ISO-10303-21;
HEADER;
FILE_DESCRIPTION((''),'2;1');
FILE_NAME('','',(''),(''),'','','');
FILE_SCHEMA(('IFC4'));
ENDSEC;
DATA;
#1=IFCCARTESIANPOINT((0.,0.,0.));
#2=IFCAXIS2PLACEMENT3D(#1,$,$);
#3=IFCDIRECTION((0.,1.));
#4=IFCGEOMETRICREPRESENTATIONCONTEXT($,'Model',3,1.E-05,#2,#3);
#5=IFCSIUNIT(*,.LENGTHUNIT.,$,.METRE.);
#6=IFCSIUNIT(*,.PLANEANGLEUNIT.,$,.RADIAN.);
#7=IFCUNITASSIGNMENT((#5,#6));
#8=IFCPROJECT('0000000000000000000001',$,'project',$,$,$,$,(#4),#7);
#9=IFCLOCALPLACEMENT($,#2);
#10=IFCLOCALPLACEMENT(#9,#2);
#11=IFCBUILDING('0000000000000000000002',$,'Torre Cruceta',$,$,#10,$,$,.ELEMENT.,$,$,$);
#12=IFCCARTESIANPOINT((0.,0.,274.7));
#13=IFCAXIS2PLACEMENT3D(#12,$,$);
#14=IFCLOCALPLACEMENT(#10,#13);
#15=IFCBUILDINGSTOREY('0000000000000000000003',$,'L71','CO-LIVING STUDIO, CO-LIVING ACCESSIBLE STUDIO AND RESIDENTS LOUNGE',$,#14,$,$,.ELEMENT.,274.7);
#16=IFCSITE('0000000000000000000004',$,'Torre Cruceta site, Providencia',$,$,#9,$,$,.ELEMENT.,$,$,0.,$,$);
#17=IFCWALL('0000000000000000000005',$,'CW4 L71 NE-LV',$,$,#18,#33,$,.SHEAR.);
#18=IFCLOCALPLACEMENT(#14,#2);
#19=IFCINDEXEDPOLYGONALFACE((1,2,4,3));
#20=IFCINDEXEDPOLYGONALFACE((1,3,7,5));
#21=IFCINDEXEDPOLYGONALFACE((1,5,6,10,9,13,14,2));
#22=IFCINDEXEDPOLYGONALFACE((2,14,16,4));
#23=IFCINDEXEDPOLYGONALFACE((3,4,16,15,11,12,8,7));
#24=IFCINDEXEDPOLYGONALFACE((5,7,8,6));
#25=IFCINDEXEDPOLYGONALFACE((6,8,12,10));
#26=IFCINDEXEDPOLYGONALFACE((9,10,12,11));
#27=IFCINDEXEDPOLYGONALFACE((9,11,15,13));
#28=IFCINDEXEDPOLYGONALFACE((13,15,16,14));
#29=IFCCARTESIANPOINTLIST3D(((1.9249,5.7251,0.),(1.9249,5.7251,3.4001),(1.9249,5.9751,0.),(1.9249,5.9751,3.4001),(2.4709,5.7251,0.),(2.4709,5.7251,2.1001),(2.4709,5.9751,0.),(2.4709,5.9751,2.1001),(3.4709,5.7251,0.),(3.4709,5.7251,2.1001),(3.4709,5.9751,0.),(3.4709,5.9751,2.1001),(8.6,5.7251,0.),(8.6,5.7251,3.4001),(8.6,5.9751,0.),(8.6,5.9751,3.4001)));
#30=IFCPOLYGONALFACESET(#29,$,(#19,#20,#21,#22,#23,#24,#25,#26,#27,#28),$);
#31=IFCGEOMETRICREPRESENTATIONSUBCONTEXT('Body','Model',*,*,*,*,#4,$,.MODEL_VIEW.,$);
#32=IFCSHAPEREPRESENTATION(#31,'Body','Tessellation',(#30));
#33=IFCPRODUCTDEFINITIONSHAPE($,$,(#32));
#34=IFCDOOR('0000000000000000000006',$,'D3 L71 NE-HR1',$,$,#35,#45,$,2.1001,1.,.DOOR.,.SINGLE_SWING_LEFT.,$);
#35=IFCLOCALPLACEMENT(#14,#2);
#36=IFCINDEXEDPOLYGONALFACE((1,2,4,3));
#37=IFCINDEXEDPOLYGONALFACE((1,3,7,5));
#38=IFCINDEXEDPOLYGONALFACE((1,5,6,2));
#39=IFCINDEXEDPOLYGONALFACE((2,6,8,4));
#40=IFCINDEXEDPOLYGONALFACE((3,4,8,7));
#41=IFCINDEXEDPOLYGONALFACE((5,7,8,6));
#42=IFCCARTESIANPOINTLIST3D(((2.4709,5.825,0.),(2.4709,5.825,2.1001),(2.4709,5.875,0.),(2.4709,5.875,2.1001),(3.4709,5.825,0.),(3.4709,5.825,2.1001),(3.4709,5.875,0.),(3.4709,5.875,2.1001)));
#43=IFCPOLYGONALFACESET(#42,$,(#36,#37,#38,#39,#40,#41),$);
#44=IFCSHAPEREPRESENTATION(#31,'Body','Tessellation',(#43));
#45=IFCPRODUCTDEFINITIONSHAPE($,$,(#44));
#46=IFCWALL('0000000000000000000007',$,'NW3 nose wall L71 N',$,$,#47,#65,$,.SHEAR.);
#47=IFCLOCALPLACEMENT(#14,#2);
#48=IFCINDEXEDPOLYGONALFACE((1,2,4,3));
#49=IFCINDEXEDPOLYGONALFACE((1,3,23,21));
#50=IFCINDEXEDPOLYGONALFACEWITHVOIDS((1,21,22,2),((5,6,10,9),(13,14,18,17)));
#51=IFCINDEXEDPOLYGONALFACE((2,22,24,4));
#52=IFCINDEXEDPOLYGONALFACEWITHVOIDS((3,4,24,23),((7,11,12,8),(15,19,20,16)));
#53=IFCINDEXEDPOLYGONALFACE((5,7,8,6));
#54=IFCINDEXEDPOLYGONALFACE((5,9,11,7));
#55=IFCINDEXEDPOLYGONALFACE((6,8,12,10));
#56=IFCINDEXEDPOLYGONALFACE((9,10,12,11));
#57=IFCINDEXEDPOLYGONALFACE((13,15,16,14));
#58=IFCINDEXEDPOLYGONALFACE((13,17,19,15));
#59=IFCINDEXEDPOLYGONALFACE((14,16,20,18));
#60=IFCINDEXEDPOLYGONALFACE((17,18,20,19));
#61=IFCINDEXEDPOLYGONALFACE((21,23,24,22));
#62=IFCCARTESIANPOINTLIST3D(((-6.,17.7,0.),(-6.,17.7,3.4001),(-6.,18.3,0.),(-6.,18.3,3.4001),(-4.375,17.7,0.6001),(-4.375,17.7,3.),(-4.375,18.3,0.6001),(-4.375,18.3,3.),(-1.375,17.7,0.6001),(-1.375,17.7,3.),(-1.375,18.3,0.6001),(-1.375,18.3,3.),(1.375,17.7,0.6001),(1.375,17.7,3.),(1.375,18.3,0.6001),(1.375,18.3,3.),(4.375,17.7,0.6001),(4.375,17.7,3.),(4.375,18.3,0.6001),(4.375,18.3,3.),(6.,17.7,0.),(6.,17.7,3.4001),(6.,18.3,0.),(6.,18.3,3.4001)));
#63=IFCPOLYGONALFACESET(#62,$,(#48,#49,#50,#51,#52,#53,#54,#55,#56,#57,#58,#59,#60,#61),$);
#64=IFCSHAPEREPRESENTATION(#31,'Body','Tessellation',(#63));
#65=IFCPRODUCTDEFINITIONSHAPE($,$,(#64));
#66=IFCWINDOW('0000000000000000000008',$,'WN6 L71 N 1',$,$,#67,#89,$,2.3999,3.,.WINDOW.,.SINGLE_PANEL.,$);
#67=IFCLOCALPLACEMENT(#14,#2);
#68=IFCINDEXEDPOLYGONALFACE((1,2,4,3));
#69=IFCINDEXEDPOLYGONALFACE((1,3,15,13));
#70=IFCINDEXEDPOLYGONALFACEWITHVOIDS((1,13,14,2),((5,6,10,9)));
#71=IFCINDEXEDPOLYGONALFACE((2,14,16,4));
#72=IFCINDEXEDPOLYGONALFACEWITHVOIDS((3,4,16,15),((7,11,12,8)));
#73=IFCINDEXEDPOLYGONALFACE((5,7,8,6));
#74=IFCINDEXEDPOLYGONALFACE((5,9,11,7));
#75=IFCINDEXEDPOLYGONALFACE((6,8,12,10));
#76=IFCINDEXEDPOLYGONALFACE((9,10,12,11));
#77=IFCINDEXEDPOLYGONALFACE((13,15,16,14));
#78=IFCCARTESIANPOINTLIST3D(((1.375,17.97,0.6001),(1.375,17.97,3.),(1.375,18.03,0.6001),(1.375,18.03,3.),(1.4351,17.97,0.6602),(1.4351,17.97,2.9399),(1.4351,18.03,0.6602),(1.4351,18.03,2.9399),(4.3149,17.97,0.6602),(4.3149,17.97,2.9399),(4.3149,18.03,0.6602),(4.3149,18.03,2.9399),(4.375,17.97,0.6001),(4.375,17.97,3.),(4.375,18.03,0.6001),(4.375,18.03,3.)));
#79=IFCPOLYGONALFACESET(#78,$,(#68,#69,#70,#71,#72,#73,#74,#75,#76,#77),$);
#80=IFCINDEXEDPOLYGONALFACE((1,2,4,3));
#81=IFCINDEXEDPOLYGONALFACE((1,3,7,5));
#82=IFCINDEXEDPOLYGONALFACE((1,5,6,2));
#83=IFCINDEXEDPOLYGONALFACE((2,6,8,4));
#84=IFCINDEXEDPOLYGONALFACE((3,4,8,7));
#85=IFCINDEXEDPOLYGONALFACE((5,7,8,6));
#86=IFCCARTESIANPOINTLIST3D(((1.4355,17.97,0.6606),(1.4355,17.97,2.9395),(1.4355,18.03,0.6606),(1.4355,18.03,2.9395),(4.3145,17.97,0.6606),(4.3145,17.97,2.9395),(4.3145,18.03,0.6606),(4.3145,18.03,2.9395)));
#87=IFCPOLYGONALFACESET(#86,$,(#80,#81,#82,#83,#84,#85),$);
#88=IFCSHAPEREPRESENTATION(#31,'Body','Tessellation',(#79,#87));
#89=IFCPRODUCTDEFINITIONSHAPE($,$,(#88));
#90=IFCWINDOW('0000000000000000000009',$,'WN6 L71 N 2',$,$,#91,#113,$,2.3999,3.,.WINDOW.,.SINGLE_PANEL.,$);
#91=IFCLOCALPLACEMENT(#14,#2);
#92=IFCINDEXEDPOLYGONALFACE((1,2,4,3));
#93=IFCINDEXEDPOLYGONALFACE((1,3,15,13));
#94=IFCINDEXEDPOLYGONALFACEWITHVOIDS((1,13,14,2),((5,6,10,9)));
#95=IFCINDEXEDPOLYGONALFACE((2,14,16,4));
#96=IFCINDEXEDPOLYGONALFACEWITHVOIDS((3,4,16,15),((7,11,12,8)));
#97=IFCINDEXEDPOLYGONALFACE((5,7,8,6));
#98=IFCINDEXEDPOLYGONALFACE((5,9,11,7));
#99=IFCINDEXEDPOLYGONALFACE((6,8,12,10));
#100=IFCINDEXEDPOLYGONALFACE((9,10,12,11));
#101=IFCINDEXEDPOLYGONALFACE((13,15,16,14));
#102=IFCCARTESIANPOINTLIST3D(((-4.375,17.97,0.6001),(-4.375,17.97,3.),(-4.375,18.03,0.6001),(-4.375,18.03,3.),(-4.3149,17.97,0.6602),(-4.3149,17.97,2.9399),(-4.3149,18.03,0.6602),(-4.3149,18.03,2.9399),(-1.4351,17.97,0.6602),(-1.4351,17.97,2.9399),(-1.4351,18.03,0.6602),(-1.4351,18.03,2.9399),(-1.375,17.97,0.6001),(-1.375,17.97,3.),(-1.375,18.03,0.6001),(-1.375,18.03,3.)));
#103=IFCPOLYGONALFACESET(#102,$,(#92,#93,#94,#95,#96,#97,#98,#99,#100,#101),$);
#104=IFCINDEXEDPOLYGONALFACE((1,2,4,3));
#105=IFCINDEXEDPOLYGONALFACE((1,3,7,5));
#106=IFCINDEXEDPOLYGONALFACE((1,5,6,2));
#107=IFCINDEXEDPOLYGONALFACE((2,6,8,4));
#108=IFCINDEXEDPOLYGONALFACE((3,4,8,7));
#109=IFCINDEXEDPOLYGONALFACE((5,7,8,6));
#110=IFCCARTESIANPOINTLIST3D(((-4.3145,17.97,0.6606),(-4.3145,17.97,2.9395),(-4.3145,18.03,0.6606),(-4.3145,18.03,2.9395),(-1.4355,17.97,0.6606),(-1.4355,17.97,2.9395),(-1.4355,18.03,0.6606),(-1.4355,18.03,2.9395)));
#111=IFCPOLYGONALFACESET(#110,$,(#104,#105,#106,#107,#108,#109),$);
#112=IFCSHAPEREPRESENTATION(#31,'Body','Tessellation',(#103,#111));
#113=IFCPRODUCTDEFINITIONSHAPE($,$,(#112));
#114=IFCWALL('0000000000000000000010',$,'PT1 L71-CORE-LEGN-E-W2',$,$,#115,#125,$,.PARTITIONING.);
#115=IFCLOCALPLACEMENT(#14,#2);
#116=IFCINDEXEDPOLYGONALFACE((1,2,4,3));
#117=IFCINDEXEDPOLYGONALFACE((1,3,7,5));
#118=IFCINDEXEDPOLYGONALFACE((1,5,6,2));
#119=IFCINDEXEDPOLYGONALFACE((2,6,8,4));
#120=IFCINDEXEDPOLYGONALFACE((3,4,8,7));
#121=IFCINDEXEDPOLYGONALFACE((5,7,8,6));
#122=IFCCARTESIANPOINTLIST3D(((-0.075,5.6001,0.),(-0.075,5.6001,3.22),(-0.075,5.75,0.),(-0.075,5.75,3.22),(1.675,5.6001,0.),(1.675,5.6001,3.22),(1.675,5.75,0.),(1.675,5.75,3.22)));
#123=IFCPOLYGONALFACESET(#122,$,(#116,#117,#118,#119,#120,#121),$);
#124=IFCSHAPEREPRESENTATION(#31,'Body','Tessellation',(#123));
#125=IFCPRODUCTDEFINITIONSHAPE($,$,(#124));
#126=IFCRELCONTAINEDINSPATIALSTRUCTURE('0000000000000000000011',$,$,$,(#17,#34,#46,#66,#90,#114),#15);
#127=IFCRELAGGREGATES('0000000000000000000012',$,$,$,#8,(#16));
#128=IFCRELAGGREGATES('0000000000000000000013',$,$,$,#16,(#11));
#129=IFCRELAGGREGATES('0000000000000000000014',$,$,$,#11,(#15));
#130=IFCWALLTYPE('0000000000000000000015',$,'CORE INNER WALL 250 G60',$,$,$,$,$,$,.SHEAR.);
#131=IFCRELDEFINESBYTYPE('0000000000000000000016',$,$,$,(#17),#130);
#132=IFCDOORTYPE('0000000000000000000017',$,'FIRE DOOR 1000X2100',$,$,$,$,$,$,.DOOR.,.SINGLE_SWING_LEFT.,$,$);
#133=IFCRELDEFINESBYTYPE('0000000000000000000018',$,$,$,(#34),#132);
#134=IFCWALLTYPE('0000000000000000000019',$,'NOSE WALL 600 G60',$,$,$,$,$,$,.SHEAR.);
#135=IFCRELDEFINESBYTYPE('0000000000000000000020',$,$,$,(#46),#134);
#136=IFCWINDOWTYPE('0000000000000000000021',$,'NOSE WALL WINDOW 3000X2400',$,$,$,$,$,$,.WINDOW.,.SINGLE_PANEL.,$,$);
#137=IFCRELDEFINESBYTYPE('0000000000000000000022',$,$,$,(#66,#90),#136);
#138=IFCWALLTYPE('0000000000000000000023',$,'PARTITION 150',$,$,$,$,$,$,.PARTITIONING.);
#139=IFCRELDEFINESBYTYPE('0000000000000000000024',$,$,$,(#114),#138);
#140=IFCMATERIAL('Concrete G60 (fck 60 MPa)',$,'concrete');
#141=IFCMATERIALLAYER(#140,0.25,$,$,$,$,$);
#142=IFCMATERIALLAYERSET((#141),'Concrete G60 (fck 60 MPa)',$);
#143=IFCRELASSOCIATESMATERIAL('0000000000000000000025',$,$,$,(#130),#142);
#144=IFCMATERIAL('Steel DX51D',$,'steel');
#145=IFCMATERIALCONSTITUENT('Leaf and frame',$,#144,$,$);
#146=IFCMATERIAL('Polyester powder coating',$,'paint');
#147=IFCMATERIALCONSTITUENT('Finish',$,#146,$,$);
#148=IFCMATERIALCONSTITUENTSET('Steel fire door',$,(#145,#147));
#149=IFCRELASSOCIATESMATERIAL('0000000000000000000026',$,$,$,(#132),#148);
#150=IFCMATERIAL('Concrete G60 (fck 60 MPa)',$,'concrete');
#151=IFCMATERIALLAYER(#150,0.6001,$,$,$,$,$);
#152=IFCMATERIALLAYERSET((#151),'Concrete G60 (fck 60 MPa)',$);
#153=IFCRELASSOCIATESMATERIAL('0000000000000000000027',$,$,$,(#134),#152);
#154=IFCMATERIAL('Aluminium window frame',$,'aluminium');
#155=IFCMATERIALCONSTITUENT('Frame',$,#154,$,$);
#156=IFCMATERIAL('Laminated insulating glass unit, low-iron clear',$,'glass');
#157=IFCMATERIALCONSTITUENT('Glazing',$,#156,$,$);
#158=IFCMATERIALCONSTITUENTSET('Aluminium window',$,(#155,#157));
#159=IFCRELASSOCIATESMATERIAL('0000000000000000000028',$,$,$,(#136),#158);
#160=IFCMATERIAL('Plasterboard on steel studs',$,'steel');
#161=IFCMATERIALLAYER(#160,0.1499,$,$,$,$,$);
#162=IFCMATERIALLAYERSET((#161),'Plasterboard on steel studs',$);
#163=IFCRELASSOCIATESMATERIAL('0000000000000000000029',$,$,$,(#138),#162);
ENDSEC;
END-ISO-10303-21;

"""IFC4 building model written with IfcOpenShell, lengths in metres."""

from ifc_helpers import new_model, si_unit, direction, frame, frame_2d, origin, place, context, subcontext, project, spatial, rectangle, hollow_rectangle, extrude, material, layer, layer_set, constituent, constituent_set, type_object, element, fill, save


model = new_model("IFC4")

# Units and contexts
model_context = context("Model", 3, precision=1e-05, world=origin(), true_north=direction((0.0, 1.0)))
body_context = subcontext(model_context, "Body", "Model", "MODEL_VIEW")
ifc_project = project(units=[si_unit("LENGTHUNIT", "METRE"), si_unit("PLANEANGLEUNIT", "RADIAN")], contexts=[model_context])

# Site, building, storey
site_placement = place(None, origin())
site = spatial("IfcSite", under=ifc_project, at=site_placement, Name="Torre Cruceta site, Providencia", CompositionType="ELEMENT", RefElevation=0.0)
building_placement = place(site_placement, origin())
building = spatial("IfcBuilding", under=site, at=building_placement, Name="Torre Cruceta", CompositionType="ELEMENT")
storey_placement = place(building_placement, frame((0.0, 0.0, 274.7)))
storey = spatial("IfcBuildingStorey", under=building, at=storey_placement, Name="L71", Description="CO-LIVING STUDIO, CO-LIVING ACCESSIBLE STUDIO AND RESIDENTS LOUNGE", CompositionType="ELEMENT", Elevation=274.7)

# Shared definitions
ifc_material_1 = material(Name="Concrete G60 (fck 60 MPa)", Category="concrete")
ifc_layer_1 = layer(ifc_material_1, 0.25)
ifc_layer_set_1 = layer_set([ifc_layer_1], Name="Concrete G60 (fck 60 MPa)")
wall_type_1 = type_object("IfcWallType", Name="CORE INNER WALL 250 G60", PredefinedType="SHEAR", material=ifc_layer_set_1)

# Wall, opening, door
wall_1_placement = place(storey_placement, frame((1.925, 5.8501, 0.0), z_axis=(0.0, 0.0, 1.0), x_axis=(1.0, 0.0, 0.0)))
wall_1 = element("IfcWall", 1, at=wall_1_placement, inside=storey, type_object=wall_type_1, Name="CW4 L71 NE-LV", PredefinedType="SHEAR", context=body_context, shape_type="SweptSolid", body=[
    extrude(rectangle(XDim=6.675, YDim=0.25, at=frame_2d((3.3374, 0.0))), origin(), (0.0, 0.0, 1.0), 3.4001),
])
opening_1_placement = place(wall_1_placement, frame((0.5459, 0.0, 0.0)))
opening_1 = element("IfcOpeningElement", 2, at=opening_1_placement, cuts=wall_1, PredefinedType="OPENING", context=body_context, shape_type="SweptSolid", body=[
    extrude(rectangle(XDim=1.0, YDim=2.1001, at=frame_2d((0.5, 1.05))), frame((0.0, 0.135, 0.0), z_axis=(0.0, -1.0, 0.0), x_axis=(1.0, 0.0, 0.0)), (0.0, 0.0, 1.0), 0.27),
])
ifc_material_2 = material(Name="Steel DX51D", Category="steel")
ifc_constituent_1 = constituent(ifc_material_2, Name="Leaf and frame")
ifc_material_3 = material(Name="Polyester powder coating", Category="paint")
ifc_constituent_2 = constituent(ifc_material_3, Name="Finish")
ifc_constituent_set_1 = constituent_set(constituents=[ifc_constituent_1, ifc_constituent_2], Name="Steel fire door")
door_type_1 = type_object("IfcDoorType", Name="FIRE DOOR 1000X2100", OperationType="SINGLE_SWING_LEFT", PredefinedType="DOOR", material=ifc_constituent_set_1)
door_1_placement = place(opening_1_placement, origin())
door_1 = element("IfcDoor", 3, at=door_1_placement, inside=storey, type_object=door_type_1, Name="D3 L71 NE-HR1", OperationType="SINGLE_SWING_LEFT", OverallHeight=2.1001, OverallWidth=1.0, PredefinedType="DOOR", context=body_context, shape_type="SweptSolid", body=[
    extrude(rectangle(XDim=1.0, YDim=2.1001, at=frame_2d((0.5, 1.05))), frame((0.0, 0.0249, 0.0), z_axis=(0.0, -1.0, 0.0), x_axis=(1.0, 0.0, 0.0)), (0.0, 0.0, 1.0), 0.05),
])
fill(opening_1, door_1)

# Wall, openings, windows
ifc_material_4 = material(Name="Concrete G60 (fck 60 MPa)", Category="concrete")
ifc_layer_2 = layer(ifc_material_4, 0.6001)
ifc_layer_set_2 = layer_set([ifc_layer_2], Name="Concrete G60 (fck 60 MPa)")
wall_type_2 = type_object("IfcWallType", Name="NOSE WALL 600 G60", PredefinedType="SHEAR", material=ifc_layer_set_2)
wall_2_placement = place(storey_placement, frame((6.0, 18.0, 0.0), z_axis=(0.0, 0.0, 1.0), x_axis=(-1.0, 0.0, 0.0)))
wall_2 = element("IfcWall", 4, at=wall_2_placement, inside=storey, type_object=wall_type_2, Name="NW3 nose wall L71 N", PredefinedType="SHEAR", context=body_context, shape_type="SweptSolid", body=[
    extrude(rectangle(XDim=12.0, YDim=0.6001, at=frame_2d((6.0, 0.0))), origin(), (0.0, 0.0, 1.0), 3.4001),
])
opening_2_placement = place(wall_2_placement, frame((1.625, 0.0, 0.6001)))
opening_2 = element("IfcOpeningElement", 5, at=opening_2_placement, cuts=wall_2, PredefinedType="OPENING", context=body_context, shape_type="SweptSolid", body=[
    extrude(rectangle(XDim=3.0, YDim=2.3999, at=frame_2d((1.5, 1.2))), frame((0.0, 0.3101, 0.0), z_axis=(0.0, -1.0, 0.0), x_axis=(1.0, 0.0, 0.0)), (0.0, 0.0, 1.0), 0.6201),
])
opening_3_placement = place(wall_2_placement, frame((7.375, 0.0, 0.6001)))
opening_3 = element("IfcOpeningElement", 6, at=opening_3_placement, cuts=wall_2, PredefinedType="OPENING", context=body_context, shape_type="SweptSolid", body=[
    extrude(rectangle(XDim=3.0, YDim=2.3999, at=frame_2d((1.5, 1.2))), frame((0.0, 0.3101, 0.0), z_axis=(0.0, -1.0, 0.0), x_axis=(1.0, 0.0, 0.0)), (0.0, 0.0, 1.0), 0.6201),
])
ifc_material_5 = material(Name="Aluminium window frame", Category="aluminium")
ifc_constituent_3 = constituent(ifc_material_5, Name="Frame")
ifc_material_6 = material(Name="Laminated insulating glass unit, low-iron clear", Category="glass")
ifc_constituent_4 = constituent(ifc_material_6, Name="Glazing")
ifc_constituent_set_2 = constituent_set(constituents=[ifc_constituent_3, ifc_constituent_4], Name="Aluminium window")
window_type = type_object("IfcWindowType", Name="NOSE WALL WINDOW 3000X2400", PartitioningType="SINGLE_PANEL", PredefinedType="WINDOW", material=ifc_constituent_set_2)
window_1_placement = place(opening_2_placement, origin())
window_1 = element("IfcWindow", 7, at=window_1_placement, inside=storey, type_object=window_type, Name="WN6 L71 N 1", OverallHeight=2.3999, OverallWidth=3.0, PartitioningType="SINGLE_PANEL", PredefinedType="WINDOW", context=body_context, shape_type="SweptSolid", body=[
    extrude(hollow_rectangle(XDim=3.0, YDim=2.3999, WallThickness=0.0601, at=frame_2d((1.5, 1.2))), frame((0.0, 0.03, 0.0), z_axis=(0.0, -1.0, 0.0), x_axis=(1.0, 0.0, 0.0)), (0.0, 0.0, 1.0), 0.0601),
    extrude(rectangle(XDim=2.8789, YDim=2.2788, at=frame_2d((1.5, 1.2))), frame((0.0, 0.03, 0.0), z_axis=(0.0, -1.0, 0.0), x_axis=(1.0, 0.0, 0.0)), (0.0, 0.0, 1.0), 0.0601),
])
fill(opening_2, window_1)
window_2_placement = place(opening_3_placement, origin())
window_2 = element("IfcWindow", 8, at=window_2_placement, inside=storey, type_object=window_type, Name="WN6 L71 N 2", OverallHeight=2.3999, OverallWidth=3.0, PartitioningType="SINGLE_PANEL", PredefinedType="WINDOW", context=body_context, shape_type="SweptSolid", body=[
    extrude(hollow_rectangle(XDim=3.0, YDim=2.3999, WallThickness=0.0601, at=frame_2d((1.5, 1.2))), frame((0.0, 0.03, 0.0), z_axis=(0.0, -1.0, 0.0), x_axis=(1.0, 0.0, 0.0)), (0.0, 0.0, 1.0), 0.0601),
    extrude(rectangle(XDim=2.8789, YDim=2.2788, at=frame_2d((1.5, 1.2))), frame((0.0, 0.03, 0.0), z_axis=(0.0, -1.0, 0.0), x_axis=(1.0, 0.0, 0.0)), (0.0, 0.0, 1.0), 0.0601),
])
fill(opening_3, window_2)

# Wall
ifc_material_7 = material(Name="Plasterboard on steel studs", Category="steel")
ifc_layer_3 = layer(ifc_material_7, 0.1499)
ifc_layer_set_3 = layer_set([ifc_layer_3], Name="Plasterboard on steel studs")
wall_type_3 = type_object("IfcWallType", Name="PARTITION 150", PredefinedType="PARTITIONING", material=ifc_layer_set_3)
wall_3_placement = place(storey_placement, frame((1.675, 5.675, 0.0), z_axis=(0.0, 0.0, 1.0), x_axis=(-1.0, 0.0, 0.0)))
element("IfcWall", 9, at=wall_3_placement, inside=storey, type_object=wall_type_3, Name="PT1 L71-CORE-LEGN-E-W2", PredefinedType="PARTITIONING", context=body_context, shape_type="SweptSolid", body=[
    extrude(rectangle(XDim=1.75, YDim=0.1499, at=frame_2d((0.875, 0.0))), origin(), (0.0, 0.0, 1.0), 3.22),
])

save(model, "model.ifc")
